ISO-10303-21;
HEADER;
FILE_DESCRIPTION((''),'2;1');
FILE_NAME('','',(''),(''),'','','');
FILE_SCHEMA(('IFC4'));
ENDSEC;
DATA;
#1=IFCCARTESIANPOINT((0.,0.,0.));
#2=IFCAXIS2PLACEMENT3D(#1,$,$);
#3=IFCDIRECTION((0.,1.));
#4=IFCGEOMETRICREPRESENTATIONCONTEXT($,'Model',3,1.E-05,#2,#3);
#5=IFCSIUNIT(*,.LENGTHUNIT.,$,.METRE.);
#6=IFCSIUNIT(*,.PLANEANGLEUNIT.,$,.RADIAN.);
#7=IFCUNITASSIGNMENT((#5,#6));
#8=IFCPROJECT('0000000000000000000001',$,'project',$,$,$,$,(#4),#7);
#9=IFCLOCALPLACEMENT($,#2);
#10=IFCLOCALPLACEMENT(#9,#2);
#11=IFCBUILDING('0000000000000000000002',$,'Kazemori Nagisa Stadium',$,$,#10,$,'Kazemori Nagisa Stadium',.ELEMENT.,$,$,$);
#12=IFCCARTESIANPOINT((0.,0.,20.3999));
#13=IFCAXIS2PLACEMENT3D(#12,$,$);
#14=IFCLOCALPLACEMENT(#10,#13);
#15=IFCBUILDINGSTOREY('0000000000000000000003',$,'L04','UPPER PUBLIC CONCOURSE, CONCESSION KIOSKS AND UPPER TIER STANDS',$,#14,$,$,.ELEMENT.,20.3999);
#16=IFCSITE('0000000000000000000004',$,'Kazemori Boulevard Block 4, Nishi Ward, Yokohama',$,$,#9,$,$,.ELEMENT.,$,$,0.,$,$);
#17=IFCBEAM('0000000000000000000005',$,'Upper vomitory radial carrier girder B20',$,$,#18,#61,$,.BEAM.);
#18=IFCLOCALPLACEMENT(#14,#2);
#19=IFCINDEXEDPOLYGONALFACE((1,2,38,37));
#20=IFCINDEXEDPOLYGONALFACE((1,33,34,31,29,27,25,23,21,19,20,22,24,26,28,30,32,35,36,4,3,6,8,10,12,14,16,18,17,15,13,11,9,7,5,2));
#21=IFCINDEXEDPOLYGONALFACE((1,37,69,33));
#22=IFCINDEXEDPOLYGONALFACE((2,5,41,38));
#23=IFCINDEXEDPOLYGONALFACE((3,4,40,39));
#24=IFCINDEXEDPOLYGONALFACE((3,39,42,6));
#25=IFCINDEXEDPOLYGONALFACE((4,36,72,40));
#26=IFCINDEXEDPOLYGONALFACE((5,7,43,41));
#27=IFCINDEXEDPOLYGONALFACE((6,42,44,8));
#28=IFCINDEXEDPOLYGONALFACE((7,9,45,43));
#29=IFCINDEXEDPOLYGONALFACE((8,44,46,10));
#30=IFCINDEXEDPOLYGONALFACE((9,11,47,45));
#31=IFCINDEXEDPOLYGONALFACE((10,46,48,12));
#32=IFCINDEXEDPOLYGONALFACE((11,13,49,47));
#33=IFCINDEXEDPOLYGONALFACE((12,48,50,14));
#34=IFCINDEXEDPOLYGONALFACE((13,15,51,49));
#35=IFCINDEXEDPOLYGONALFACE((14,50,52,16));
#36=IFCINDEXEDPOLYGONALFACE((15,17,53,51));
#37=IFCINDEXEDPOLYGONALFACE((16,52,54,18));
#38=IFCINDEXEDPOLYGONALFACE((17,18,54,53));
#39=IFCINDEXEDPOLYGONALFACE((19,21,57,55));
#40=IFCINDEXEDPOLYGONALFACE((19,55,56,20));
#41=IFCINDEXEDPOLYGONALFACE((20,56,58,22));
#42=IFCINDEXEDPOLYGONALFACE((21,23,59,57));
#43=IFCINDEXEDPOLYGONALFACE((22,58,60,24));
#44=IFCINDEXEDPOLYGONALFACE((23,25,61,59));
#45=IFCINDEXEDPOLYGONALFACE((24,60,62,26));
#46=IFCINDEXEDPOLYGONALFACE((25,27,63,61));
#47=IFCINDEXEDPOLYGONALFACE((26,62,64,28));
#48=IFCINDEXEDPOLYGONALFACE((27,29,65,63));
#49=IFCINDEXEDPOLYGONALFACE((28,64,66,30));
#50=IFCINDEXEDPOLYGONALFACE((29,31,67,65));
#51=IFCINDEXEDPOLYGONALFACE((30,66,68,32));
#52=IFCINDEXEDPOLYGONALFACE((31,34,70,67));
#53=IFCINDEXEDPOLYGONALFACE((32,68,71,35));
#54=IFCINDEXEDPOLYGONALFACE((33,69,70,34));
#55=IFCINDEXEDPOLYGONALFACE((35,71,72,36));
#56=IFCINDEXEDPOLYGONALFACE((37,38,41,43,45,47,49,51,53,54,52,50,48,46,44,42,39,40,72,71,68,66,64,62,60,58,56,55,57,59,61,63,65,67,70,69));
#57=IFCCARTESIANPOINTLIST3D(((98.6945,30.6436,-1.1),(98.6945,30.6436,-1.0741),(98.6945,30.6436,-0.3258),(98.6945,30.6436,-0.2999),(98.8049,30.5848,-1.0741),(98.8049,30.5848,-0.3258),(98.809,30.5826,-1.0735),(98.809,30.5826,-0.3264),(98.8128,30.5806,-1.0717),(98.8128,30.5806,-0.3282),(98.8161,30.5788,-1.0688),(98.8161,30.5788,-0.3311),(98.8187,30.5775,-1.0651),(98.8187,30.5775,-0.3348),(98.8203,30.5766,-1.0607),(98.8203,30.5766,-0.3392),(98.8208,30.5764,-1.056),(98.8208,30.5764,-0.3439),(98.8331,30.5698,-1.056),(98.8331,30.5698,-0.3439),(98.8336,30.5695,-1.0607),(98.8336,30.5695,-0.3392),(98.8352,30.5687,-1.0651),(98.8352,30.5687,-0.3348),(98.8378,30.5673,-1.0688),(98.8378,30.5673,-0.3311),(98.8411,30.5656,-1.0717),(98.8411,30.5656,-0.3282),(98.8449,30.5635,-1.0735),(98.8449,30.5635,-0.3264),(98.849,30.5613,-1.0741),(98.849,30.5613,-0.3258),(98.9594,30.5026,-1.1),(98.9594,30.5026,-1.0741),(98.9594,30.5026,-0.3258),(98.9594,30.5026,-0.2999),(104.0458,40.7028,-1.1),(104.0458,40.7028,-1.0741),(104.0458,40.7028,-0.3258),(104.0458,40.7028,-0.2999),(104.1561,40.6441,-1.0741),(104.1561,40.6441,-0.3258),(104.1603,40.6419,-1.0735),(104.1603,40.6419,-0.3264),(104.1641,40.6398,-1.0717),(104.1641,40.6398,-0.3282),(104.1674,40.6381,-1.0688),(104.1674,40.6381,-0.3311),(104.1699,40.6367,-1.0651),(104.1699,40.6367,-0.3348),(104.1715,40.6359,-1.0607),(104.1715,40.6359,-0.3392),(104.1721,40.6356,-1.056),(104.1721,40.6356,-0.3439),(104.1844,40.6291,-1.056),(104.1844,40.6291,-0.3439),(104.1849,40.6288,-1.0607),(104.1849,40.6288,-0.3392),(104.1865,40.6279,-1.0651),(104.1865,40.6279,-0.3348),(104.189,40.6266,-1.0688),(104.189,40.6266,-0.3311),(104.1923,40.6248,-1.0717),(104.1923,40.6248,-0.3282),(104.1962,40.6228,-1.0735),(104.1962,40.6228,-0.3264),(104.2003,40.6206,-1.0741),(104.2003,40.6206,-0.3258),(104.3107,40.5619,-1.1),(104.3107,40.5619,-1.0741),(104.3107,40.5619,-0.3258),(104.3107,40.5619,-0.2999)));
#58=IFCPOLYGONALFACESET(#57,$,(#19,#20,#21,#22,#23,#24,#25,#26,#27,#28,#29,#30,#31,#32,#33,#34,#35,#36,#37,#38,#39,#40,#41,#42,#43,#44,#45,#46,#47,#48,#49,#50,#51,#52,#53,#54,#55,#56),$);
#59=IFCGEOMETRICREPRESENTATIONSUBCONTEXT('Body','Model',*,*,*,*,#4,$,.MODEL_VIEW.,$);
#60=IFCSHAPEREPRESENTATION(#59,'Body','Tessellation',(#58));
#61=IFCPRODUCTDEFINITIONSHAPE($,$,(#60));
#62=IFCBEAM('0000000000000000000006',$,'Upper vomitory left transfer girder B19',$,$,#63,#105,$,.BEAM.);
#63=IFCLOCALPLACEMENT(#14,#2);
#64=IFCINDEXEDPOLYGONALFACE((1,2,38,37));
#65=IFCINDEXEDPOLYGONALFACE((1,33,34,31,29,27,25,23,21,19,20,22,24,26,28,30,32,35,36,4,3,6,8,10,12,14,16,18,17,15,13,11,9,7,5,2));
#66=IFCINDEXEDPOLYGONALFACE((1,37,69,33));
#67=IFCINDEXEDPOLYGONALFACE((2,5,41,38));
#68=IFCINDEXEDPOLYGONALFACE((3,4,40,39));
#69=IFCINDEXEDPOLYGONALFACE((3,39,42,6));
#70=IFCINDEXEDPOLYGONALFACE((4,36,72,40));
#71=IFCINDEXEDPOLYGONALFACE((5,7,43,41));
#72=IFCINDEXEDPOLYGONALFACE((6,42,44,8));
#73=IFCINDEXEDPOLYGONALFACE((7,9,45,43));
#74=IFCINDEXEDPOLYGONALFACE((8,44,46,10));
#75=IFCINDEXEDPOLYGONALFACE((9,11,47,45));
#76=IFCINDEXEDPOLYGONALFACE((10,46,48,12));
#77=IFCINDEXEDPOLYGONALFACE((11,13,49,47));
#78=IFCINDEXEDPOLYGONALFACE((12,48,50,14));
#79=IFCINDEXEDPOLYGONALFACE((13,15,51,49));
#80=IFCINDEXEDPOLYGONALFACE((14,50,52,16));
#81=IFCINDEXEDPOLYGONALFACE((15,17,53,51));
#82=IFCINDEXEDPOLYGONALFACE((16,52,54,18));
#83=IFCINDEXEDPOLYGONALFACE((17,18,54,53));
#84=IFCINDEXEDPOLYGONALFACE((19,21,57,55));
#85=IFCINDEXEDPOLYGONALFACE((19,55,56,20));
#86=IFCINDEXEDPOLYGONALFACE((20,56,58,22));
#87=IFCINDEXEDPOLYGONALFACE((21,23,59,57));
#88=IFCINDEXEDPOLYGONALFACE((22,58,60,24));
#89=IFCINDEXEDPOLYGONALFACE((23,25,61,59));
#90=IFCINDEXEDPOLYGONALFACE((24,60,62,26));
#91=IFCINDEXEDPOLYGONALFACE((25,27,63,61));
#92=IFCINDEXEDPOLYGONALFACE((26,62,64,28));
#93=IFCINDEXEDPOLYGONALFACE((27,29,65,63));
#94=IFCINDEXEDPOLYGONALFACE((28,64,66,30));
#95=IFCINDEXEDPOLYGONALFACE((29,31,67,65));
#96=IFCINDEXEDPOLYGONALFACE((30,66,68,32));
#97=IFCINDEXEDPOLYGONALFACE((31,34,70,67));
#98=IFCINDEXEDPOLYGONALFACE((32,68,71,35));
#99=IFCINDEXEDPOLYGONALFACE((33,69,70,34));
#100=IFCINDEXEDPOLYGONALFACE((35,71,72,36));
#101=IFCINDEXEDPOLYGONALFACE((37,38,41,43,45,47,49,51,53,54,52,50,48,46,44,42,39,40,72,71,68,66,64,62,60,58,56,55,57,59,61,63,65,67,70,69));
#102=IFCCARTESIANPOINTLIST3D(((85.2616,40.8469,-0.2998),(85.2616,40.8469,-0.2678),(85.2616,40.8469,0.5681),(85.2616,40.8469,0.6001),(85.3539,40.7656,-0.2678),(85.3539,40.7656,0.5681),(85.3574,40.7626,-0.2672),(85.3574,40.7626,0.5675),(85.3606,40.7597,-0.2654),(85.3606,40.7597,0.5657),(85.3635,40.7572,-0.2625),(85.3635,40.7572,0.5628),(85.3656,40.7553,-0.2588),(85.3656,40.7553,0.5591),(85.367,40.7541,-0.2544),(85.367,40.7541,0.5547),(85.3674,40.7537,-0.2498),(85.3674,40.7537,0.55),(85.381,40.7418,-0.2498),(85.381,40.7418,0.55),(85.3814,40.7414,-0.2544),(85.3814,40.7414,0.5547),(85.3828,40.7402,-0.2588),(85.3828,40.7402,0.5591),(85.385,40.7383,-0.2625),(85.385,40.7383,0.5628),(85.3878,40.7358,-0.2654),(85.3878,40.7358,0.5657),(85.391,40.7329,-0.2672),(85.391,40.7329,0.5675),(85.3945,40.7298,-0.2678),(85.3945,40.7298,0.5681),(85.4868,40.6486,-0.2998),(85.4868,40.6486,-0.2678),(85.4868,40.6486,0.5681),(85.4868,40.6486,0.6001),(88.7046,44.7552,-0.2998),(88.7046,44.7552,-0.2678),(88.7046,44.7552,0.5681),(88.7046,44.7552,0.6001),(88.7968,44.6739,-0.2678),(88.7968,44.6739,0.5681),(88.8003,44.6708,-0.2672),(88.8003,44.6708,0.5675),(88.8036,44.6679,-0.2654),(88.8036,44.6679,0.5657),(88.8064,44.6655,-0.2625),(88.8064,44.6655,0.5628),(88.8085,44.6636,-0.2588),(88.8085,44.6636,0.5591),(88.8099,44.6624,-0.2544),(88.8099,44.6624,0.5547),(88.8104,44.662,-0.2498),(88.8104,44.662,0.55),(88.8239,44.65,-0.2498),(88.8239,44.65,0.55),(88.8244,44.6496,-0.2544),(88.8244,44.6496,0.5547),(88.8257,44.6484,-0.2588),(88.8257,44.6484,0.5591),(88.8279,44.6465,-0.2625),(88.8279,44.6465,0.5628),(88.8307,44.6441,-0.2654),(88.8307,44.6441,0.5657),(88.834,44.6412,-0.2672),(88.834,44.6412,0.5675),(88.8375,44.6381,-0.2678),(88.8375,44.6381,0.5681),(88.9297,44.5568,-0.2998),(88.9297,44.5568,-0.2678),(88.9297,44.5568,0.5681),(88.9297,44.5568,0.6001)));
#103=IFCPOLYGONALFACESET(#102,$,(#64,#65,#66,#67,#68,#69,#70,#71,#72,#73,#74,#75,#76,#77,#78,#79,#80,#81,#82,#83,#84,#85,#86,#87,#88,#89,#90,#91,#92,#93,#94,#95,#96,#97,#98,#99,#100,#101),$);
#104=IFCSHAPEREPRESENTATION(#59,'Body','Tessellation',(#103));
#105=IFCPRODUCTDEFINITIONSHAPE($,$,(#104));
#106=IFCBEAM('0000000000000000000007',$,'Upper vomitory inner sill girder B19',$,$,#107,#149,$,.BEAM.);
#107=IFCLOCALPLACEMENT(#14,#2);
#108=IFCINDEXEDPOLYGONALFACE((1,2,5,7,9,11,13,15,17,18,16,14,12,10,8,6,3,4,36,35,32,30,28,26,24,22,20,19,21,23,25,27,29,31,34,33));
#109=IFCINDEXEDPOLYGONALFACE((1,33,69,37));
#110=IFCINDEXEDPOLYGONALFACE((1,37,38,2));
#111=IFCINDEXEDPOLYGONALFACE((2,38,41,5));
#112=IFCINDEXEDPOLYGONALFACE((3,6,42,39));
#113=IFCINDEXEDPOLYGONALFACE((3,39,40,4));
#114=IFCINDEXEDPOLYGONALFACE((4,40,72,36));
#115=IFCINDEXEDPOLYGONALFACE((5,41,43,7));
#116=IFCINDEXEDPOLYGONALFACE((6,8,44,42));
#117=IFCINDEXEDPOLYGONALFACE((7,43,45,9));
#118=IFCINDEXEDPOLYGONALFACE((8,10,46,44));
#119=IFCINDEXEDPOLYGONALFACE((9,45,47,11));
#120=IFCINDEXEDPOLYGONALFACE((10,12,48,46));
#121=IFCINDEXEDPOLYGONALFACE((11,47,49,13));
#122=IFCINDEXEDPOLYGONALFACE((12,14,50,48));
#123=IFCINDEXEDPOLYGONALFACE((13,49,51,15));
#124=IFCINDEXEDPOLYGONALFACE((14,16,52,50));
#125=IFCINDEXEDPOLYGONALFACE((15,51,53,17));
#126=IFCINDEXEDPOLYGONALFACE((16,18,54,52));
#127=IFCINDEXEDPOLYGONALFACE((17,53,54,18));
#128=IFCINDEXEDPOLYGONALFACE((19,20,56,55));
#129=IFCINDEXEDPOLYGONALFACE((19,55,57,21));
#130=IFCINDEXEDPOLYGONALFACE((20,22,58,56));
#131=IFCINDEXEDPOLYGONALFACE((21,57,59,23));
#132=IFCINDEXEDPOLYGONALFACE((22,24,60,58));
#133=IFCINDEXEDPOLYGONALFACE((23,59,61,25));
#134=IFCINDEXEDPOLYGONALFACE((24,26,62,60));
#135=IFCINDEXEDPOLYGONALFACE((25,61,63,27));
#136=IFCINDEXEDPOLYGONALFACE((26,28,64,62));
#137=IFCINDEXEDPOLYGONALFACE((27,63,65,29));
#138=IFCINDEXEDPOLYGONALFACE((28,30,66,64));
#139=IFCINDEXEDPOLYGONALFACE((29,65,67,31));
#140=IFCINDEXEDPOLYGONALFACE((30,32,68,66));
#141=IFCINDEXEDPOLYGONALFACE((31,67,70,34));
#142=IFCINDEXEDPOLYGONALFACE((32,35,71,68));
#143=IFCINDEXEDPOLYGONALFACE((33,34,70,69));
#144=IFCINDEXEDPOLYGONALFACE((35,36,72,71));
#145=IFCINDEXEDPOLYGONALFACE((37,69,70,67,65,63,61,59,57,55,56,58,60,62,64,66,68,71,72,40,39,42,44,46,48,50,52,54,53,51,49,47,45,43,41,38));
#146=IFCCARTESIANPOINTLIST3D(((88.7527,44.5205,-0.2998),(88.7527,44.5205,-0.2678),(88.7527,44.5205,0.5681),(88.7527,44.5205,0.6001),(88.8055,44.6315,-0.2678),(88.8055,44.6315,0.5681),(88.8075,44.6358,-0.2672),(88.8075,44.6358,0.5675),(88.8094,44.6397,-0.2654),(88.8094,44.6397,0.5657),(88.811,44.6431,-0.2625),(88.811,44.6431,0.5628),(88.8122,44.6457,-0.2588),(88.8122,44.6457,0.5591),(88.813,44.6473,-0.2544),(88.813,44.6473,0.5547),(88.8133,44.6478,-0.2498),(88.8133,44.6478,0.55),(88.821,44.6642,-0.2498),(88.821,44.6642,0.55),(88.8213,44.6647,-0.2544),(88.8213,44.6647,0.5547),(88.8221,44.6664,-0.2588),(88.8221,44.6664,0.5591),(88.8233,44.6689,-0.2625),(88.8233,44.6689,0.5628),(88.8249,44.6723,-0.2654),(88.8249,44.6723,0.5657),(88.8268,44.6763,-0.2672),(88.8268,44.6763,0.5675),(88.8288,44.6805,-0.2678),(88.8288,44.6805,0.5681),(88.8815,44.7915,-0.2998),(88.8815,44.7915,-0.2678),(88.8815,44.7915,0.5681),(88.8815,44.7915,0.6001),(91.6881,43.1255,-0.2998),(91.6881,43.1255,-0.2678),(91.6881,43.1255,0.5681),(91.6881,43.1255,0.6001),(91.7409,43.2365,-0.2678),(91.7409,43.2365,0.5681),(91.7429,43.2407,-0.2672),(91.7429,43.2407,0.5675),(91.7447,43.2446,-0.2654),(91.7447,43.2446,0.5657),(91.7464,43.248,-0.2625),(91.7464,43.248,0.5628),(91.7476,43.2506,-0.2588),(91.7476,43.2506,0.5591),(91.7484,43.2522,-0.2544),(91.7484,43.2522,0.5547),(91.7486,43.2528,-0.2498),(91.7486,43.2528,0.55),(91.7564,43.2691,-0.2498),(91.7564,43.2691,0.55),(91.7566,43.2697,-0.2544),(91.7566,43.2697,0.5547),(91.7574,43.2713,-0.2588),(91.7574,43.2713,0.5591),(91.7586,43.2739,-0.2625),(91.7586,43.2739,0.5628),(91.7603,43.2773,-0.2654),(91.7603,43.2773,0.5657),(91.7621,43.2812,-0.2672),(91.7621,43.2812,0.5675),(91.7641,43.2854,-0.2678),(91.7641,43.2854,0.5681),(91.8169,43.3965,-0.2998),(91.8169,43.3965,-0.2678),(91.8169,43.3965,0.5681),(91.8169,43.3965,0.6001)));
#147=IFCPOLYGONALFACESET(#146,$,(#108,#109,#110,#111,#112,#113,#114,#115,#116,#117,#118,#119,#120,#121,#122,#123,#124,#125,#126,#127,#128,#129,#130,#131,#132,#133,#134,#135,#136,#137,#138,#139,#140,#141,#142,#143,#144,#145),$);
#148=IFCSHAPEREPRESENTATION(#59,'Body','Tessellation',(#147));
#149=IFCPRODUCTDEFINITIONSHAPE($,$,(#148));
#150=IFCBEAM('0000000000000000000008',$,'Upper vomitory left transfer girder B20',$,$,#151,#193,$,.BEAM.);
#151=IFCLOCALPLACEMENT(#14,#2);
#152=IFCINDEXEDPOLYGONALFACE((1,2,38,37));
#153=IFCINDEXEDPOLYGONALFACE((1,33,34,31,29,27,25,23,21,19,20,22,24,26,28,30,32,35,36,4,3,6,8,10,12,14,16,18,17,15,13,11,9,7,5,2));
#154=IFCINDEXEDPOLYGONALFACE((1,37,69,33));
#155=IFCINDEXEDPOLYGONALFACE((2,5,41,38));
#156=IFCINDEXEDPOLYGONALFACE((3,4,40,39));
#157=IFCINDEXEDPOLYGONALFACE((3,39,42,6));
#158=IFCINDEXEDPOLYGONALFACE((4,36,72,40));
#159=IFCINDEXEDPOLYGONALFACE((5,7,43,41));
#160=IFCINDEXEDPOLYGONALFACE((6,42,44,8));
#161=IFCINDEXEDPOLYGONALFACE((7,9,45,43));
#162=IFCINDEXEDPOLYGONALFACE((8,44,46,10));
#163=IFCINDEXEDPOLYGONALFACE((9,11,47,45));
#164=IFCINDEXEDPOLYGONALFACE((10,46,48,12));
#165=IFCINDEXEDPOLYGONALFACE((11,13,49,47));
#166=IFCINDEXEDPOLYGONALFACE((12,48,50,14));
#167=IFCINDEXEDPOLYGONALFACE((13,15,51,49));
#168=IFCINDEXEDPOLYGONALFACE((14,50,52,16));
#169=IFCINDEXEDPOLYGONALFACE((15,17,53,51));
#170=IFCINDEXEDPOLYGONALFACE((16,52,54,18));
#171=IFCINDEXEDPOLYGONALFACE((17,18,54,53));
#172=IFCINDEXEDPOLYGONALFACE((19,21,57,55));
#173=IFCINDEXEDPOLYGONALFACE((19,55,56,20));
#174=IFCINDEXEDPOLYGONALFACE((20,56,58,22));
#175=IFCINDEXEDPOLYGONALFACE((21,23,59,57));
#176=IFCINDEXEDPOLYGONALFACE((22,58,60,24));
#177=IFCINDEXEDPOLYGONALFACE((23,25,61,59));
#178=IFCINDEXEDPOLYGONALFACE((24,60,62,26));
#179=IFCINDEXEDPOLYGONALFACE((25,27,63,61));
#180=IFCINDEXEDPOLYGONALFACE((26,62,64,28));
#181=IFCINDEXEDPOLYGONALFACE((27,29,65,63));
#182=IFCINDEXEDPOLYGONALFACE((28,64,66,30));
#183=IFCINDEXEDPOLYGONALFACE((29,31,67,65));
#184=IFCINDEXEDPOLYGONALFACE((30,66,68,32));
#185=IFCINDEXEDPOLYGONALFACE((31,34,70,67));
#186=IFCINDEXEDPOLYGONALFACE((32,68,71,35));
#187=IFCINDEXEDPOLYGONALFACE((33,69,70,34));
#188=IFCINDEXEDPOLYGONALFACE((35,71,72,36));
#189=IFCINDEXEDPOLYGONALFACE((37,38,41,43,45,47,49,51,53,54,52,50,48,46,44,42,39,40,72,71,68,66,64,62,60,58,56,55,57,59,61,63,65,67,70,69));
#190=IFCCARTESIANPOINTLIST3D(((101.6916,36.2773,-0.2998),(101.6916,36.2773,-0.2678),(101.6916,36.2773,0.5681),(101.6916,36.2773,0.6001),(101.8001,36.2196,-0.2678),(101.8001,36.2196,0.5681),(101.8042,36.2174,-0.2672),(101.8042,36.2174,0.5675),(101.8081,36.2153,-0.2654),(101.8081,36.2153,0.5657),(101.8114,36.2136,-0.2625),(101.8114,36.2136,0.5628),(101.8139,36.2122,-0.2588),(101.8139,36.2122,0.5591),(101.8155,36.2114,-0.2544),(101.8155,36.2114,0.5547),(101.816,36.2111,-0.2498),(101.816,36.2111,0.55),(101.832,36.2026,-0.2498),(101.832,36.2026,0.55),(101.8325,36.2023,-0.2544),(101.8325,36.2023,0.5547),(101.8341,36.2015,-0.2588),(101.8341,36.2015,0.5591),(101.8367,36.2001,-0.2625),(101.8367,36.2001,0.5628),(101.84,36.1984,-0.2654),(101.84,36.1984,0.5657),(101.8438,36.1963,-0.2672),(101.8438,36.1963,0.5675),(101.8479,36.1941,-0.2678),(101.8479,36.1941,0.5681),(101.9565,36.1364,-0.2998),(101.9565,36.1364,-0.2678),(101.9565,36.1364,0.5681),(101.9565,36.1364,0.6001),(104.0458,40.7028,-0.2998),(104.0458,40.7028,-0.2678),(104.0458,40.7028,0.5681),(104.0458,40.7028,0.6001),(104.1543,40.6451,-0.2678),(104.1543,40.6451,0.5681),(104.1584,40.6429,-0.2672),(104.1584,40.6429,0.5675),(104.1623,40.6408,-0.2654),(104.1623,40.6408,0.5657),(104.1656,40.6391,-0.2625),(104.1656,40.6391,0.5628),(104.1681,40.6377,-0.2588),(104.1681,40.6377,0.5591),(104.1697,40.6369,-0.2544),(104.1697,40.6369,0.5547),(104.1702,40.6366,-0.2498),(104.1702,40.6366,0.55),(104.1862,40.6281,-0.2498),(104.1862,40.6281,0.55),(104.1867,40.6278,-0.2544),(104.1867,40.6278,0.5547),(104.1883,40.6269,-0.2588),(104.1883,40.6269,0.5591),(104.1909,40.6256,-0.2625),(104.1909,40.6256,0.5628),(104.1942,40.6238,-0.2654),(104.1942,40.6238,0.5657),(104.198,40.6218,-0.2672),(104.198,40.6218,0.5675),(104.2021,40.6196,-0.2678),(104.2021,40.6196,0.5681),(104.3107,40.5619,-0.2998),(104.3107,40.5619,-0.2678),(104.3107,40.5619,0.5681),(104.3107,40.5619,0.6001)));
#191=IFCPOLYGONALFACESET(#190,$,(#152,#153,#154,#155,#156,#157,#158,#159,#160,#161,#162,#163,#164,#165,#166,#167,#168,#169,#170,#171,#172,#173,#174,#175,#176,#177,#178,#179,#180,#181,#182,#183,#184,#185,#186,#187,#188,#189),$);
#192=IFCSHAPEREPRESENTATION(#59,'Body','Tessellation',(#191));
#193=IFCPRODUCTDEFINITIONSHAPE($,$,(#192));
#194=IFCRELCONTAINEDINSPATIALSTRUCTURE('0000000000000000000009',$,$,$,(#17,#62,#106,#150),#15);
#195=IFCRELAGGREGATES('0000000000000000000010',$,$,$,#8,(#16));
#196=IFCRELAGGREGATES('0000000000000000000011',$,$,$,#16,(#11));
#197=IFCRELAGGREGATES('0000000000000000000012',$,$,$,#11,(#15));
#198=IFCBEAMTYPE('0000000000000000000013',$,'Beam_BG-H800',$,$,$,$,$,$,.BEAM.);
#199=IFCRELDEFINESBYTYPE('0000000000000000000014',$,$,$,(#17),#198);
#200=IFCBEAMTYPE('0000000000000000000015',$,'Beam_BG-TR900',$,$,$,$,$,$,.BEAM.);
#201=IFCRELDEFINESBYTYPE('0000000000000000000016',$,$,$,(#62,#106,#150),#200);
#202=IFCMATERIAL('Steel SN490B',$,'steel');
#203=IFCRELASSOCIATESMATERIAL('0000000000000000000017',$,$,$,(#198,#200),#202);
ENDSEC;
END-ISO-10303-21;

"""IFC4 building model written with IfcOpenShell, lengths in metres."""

from ifc_helpers import new_model, si_unit, direction, frame, origin, origin_2d, place, context, subcontext, project, spatial, i_section, extrude, material, material_profile, profile_set, type_object, element, save


model = new_model("IFC4")

# Units and contexts
model_context = context("Model", 3, precision=1e-05, world=origin(), true_north=direction((0.0, 1.0)))
body_context = subcontext(model_context, "Body", "Model", "MODEL_VIEW")
ifc_project = project(units=[si_unit("LENGTHUNIT", "METRE"), si_unit("PLANEANGLEUNIT", "RADIAN")], contexts=[model_context])

# Site, building, storey
site_placement = place(None, origin())
site = spatial("IfcSite", under=ifc_project, at=site_placement, Name="Kazemori Boulevard Block 4, Nishi Ward, Yokohama", CompositionType="ELEMENT", RefElevation=0.0)
building_placement = place(site_placement, origin())
building = spatial("IfcBuilding", under=site, at=building_placement, Name="Kazemori Nagisa Stadium", LongName="Kazemori Nagisa Stadium", CompositionType="ELEMENT")
storey_placement = place(building_placement, frame((0.0, 0.0, 20.3999)))
storey = spatial("IfcBuildingStorey", under=building, at=storey_placement, Name="L04", Description="UPPER PUBLIC CONCOURSE, CONCESSION KIOSKS AND UPPER TIER STANDS", CompositionType="ELEMENT", Elevation=20.3999)

# Beams
ifc_material_1 = material(Name="Steel SN490B", Category="steel")
ifc_material_profile_1 = material_profile(ifc_material_1, i_section(OverallWidth=0.3, OverallDepth=0.8, WebThickness=0.0139, FlangeThickness=0.0259, FilletRadius=0.0181, at=origin_2d()), Name="H-800x300x14x26")
ifc_profile_set_1 = profile_set([ifc_material_profile_1], Name="Steel SN490B")
beam_type_1 = type_object("IfcBeamType", Name="Beam_BG-H800", PredefinedType="BEAM", material=ifc_profile_set_1)
for number, where, z_axis, x_axis, name in (
    (1, (104.1782, 40.6323, -0.7), (-0.469655, -0.88285, 0.0), (0.88285, -0.469655, 0.0), "Upper vomitory radial carrier girder B20"),
):
    element("IfcBeam", number, at=place(storey_placement, frame(where, z_axis=z_axis, x_axis=x_axis)), inside=storey, type_object=beam_type_1, Name=name, PredefinedType="BEAM", context=body_context, shape_type="SweptSolid", body=[
        extrude(i_section(OverallWidth=0.3, OverallDepth=0.8, WebThickness=0.0139, FlangeThickness=0.0259, FilletRadius=0.0181, at=origin_2d()), origin(), (0.0, 0.0, 1.0), 11.394),
    ])
ifc_material_profile_2 = material_profile(ifc_material_1, i_section(OverallWidth=0.3, OverallDepth=0.8999, WebThickness=0.0181, FlangeThickness=0.032, FilletRadius=0.0181, at=origin_2d()), Name="H-900x300x18x32")
ifc_profile_set_2 = profile_set([ifc_material_profile_2], Name="Steel SN490B")
beam_type_2 = type_object("IfcBeamType", Name="Beam_BG-TR900", PredefinedType="BEAM", material=ifc_profile_set_2)
beam_1_placement = place(storey_placement, frame((88.8171, 44.656, 0.1501), z_axis=(-0.661023, -0.750366, 0.0), x_axis=(0.750366, -0.661023, 0.0)))
element("IfcBeam", 2, at=beam_1_placement, inside=storey, type_object=beam_type_2, Name="Upper vomitory left transfer girder B19", PredefinedType="BEAM", context=body_context, shape_type="SweptSolid", body=[
    extrude(i_section(OverallWidth=0.3, OverallDepth=0.8999, WebThickness=0.0181, FlangeThickness=0.032, FilletRadius=0.0181, at=origin_2d()), origin(), (0.0, 0.0, 1.0), 5.2085),
])
beam_2_placement = place(storey_placement, frame((88.8171, 44.656, 0.1501), z_axis=(0.903188, -0.429245, 0.0), x_axis=(0.429245, 0.903188, 0.0)))
element("IfcBeam", 3, at=beam_2_placement, inside=storey, type_object=beam_type_2, Name="Upper vomitory inner sill girder B19", PredefinedType="BEAM", context=body_context, shape_type="SweptSolid", body=[
    extrude(i_section(OverallWidth=0.3, OverallDepth=0.8999, WebThickness=0.0181, FlangeThickness=0.032, FilletRadius=0.0181, at=origin_2d()), origin(), (0.0, 0.0, 1.0), 3.25),
])
beam_3_placement = place(storey_placement, frame((104.1782, 40.6323, 0.1501), z_axis=(-0.46965, -0.882853, 0.0), x_axis=(0.882853, -0.46965, 0.0)))
element("IfcBeam", 4, at=beam_3_placement, inside=storey, type_object=beam_type_2, Name="Upper vomitory left transfer girder B20", PredefinedType="BEAM", context=body_context, shape_type="SweptSolid", body=[
    extrude(i_section(OverallWidth=0.3, OverallDepth=0.8999, WebThickness=0.0181, FlangeThickness=0.032, FilletRadius=0.0181, at=origin_2d()), origin(), (0.0, 0.0, 1.0), 5.0127),
])

save(model, "model.ifc")
